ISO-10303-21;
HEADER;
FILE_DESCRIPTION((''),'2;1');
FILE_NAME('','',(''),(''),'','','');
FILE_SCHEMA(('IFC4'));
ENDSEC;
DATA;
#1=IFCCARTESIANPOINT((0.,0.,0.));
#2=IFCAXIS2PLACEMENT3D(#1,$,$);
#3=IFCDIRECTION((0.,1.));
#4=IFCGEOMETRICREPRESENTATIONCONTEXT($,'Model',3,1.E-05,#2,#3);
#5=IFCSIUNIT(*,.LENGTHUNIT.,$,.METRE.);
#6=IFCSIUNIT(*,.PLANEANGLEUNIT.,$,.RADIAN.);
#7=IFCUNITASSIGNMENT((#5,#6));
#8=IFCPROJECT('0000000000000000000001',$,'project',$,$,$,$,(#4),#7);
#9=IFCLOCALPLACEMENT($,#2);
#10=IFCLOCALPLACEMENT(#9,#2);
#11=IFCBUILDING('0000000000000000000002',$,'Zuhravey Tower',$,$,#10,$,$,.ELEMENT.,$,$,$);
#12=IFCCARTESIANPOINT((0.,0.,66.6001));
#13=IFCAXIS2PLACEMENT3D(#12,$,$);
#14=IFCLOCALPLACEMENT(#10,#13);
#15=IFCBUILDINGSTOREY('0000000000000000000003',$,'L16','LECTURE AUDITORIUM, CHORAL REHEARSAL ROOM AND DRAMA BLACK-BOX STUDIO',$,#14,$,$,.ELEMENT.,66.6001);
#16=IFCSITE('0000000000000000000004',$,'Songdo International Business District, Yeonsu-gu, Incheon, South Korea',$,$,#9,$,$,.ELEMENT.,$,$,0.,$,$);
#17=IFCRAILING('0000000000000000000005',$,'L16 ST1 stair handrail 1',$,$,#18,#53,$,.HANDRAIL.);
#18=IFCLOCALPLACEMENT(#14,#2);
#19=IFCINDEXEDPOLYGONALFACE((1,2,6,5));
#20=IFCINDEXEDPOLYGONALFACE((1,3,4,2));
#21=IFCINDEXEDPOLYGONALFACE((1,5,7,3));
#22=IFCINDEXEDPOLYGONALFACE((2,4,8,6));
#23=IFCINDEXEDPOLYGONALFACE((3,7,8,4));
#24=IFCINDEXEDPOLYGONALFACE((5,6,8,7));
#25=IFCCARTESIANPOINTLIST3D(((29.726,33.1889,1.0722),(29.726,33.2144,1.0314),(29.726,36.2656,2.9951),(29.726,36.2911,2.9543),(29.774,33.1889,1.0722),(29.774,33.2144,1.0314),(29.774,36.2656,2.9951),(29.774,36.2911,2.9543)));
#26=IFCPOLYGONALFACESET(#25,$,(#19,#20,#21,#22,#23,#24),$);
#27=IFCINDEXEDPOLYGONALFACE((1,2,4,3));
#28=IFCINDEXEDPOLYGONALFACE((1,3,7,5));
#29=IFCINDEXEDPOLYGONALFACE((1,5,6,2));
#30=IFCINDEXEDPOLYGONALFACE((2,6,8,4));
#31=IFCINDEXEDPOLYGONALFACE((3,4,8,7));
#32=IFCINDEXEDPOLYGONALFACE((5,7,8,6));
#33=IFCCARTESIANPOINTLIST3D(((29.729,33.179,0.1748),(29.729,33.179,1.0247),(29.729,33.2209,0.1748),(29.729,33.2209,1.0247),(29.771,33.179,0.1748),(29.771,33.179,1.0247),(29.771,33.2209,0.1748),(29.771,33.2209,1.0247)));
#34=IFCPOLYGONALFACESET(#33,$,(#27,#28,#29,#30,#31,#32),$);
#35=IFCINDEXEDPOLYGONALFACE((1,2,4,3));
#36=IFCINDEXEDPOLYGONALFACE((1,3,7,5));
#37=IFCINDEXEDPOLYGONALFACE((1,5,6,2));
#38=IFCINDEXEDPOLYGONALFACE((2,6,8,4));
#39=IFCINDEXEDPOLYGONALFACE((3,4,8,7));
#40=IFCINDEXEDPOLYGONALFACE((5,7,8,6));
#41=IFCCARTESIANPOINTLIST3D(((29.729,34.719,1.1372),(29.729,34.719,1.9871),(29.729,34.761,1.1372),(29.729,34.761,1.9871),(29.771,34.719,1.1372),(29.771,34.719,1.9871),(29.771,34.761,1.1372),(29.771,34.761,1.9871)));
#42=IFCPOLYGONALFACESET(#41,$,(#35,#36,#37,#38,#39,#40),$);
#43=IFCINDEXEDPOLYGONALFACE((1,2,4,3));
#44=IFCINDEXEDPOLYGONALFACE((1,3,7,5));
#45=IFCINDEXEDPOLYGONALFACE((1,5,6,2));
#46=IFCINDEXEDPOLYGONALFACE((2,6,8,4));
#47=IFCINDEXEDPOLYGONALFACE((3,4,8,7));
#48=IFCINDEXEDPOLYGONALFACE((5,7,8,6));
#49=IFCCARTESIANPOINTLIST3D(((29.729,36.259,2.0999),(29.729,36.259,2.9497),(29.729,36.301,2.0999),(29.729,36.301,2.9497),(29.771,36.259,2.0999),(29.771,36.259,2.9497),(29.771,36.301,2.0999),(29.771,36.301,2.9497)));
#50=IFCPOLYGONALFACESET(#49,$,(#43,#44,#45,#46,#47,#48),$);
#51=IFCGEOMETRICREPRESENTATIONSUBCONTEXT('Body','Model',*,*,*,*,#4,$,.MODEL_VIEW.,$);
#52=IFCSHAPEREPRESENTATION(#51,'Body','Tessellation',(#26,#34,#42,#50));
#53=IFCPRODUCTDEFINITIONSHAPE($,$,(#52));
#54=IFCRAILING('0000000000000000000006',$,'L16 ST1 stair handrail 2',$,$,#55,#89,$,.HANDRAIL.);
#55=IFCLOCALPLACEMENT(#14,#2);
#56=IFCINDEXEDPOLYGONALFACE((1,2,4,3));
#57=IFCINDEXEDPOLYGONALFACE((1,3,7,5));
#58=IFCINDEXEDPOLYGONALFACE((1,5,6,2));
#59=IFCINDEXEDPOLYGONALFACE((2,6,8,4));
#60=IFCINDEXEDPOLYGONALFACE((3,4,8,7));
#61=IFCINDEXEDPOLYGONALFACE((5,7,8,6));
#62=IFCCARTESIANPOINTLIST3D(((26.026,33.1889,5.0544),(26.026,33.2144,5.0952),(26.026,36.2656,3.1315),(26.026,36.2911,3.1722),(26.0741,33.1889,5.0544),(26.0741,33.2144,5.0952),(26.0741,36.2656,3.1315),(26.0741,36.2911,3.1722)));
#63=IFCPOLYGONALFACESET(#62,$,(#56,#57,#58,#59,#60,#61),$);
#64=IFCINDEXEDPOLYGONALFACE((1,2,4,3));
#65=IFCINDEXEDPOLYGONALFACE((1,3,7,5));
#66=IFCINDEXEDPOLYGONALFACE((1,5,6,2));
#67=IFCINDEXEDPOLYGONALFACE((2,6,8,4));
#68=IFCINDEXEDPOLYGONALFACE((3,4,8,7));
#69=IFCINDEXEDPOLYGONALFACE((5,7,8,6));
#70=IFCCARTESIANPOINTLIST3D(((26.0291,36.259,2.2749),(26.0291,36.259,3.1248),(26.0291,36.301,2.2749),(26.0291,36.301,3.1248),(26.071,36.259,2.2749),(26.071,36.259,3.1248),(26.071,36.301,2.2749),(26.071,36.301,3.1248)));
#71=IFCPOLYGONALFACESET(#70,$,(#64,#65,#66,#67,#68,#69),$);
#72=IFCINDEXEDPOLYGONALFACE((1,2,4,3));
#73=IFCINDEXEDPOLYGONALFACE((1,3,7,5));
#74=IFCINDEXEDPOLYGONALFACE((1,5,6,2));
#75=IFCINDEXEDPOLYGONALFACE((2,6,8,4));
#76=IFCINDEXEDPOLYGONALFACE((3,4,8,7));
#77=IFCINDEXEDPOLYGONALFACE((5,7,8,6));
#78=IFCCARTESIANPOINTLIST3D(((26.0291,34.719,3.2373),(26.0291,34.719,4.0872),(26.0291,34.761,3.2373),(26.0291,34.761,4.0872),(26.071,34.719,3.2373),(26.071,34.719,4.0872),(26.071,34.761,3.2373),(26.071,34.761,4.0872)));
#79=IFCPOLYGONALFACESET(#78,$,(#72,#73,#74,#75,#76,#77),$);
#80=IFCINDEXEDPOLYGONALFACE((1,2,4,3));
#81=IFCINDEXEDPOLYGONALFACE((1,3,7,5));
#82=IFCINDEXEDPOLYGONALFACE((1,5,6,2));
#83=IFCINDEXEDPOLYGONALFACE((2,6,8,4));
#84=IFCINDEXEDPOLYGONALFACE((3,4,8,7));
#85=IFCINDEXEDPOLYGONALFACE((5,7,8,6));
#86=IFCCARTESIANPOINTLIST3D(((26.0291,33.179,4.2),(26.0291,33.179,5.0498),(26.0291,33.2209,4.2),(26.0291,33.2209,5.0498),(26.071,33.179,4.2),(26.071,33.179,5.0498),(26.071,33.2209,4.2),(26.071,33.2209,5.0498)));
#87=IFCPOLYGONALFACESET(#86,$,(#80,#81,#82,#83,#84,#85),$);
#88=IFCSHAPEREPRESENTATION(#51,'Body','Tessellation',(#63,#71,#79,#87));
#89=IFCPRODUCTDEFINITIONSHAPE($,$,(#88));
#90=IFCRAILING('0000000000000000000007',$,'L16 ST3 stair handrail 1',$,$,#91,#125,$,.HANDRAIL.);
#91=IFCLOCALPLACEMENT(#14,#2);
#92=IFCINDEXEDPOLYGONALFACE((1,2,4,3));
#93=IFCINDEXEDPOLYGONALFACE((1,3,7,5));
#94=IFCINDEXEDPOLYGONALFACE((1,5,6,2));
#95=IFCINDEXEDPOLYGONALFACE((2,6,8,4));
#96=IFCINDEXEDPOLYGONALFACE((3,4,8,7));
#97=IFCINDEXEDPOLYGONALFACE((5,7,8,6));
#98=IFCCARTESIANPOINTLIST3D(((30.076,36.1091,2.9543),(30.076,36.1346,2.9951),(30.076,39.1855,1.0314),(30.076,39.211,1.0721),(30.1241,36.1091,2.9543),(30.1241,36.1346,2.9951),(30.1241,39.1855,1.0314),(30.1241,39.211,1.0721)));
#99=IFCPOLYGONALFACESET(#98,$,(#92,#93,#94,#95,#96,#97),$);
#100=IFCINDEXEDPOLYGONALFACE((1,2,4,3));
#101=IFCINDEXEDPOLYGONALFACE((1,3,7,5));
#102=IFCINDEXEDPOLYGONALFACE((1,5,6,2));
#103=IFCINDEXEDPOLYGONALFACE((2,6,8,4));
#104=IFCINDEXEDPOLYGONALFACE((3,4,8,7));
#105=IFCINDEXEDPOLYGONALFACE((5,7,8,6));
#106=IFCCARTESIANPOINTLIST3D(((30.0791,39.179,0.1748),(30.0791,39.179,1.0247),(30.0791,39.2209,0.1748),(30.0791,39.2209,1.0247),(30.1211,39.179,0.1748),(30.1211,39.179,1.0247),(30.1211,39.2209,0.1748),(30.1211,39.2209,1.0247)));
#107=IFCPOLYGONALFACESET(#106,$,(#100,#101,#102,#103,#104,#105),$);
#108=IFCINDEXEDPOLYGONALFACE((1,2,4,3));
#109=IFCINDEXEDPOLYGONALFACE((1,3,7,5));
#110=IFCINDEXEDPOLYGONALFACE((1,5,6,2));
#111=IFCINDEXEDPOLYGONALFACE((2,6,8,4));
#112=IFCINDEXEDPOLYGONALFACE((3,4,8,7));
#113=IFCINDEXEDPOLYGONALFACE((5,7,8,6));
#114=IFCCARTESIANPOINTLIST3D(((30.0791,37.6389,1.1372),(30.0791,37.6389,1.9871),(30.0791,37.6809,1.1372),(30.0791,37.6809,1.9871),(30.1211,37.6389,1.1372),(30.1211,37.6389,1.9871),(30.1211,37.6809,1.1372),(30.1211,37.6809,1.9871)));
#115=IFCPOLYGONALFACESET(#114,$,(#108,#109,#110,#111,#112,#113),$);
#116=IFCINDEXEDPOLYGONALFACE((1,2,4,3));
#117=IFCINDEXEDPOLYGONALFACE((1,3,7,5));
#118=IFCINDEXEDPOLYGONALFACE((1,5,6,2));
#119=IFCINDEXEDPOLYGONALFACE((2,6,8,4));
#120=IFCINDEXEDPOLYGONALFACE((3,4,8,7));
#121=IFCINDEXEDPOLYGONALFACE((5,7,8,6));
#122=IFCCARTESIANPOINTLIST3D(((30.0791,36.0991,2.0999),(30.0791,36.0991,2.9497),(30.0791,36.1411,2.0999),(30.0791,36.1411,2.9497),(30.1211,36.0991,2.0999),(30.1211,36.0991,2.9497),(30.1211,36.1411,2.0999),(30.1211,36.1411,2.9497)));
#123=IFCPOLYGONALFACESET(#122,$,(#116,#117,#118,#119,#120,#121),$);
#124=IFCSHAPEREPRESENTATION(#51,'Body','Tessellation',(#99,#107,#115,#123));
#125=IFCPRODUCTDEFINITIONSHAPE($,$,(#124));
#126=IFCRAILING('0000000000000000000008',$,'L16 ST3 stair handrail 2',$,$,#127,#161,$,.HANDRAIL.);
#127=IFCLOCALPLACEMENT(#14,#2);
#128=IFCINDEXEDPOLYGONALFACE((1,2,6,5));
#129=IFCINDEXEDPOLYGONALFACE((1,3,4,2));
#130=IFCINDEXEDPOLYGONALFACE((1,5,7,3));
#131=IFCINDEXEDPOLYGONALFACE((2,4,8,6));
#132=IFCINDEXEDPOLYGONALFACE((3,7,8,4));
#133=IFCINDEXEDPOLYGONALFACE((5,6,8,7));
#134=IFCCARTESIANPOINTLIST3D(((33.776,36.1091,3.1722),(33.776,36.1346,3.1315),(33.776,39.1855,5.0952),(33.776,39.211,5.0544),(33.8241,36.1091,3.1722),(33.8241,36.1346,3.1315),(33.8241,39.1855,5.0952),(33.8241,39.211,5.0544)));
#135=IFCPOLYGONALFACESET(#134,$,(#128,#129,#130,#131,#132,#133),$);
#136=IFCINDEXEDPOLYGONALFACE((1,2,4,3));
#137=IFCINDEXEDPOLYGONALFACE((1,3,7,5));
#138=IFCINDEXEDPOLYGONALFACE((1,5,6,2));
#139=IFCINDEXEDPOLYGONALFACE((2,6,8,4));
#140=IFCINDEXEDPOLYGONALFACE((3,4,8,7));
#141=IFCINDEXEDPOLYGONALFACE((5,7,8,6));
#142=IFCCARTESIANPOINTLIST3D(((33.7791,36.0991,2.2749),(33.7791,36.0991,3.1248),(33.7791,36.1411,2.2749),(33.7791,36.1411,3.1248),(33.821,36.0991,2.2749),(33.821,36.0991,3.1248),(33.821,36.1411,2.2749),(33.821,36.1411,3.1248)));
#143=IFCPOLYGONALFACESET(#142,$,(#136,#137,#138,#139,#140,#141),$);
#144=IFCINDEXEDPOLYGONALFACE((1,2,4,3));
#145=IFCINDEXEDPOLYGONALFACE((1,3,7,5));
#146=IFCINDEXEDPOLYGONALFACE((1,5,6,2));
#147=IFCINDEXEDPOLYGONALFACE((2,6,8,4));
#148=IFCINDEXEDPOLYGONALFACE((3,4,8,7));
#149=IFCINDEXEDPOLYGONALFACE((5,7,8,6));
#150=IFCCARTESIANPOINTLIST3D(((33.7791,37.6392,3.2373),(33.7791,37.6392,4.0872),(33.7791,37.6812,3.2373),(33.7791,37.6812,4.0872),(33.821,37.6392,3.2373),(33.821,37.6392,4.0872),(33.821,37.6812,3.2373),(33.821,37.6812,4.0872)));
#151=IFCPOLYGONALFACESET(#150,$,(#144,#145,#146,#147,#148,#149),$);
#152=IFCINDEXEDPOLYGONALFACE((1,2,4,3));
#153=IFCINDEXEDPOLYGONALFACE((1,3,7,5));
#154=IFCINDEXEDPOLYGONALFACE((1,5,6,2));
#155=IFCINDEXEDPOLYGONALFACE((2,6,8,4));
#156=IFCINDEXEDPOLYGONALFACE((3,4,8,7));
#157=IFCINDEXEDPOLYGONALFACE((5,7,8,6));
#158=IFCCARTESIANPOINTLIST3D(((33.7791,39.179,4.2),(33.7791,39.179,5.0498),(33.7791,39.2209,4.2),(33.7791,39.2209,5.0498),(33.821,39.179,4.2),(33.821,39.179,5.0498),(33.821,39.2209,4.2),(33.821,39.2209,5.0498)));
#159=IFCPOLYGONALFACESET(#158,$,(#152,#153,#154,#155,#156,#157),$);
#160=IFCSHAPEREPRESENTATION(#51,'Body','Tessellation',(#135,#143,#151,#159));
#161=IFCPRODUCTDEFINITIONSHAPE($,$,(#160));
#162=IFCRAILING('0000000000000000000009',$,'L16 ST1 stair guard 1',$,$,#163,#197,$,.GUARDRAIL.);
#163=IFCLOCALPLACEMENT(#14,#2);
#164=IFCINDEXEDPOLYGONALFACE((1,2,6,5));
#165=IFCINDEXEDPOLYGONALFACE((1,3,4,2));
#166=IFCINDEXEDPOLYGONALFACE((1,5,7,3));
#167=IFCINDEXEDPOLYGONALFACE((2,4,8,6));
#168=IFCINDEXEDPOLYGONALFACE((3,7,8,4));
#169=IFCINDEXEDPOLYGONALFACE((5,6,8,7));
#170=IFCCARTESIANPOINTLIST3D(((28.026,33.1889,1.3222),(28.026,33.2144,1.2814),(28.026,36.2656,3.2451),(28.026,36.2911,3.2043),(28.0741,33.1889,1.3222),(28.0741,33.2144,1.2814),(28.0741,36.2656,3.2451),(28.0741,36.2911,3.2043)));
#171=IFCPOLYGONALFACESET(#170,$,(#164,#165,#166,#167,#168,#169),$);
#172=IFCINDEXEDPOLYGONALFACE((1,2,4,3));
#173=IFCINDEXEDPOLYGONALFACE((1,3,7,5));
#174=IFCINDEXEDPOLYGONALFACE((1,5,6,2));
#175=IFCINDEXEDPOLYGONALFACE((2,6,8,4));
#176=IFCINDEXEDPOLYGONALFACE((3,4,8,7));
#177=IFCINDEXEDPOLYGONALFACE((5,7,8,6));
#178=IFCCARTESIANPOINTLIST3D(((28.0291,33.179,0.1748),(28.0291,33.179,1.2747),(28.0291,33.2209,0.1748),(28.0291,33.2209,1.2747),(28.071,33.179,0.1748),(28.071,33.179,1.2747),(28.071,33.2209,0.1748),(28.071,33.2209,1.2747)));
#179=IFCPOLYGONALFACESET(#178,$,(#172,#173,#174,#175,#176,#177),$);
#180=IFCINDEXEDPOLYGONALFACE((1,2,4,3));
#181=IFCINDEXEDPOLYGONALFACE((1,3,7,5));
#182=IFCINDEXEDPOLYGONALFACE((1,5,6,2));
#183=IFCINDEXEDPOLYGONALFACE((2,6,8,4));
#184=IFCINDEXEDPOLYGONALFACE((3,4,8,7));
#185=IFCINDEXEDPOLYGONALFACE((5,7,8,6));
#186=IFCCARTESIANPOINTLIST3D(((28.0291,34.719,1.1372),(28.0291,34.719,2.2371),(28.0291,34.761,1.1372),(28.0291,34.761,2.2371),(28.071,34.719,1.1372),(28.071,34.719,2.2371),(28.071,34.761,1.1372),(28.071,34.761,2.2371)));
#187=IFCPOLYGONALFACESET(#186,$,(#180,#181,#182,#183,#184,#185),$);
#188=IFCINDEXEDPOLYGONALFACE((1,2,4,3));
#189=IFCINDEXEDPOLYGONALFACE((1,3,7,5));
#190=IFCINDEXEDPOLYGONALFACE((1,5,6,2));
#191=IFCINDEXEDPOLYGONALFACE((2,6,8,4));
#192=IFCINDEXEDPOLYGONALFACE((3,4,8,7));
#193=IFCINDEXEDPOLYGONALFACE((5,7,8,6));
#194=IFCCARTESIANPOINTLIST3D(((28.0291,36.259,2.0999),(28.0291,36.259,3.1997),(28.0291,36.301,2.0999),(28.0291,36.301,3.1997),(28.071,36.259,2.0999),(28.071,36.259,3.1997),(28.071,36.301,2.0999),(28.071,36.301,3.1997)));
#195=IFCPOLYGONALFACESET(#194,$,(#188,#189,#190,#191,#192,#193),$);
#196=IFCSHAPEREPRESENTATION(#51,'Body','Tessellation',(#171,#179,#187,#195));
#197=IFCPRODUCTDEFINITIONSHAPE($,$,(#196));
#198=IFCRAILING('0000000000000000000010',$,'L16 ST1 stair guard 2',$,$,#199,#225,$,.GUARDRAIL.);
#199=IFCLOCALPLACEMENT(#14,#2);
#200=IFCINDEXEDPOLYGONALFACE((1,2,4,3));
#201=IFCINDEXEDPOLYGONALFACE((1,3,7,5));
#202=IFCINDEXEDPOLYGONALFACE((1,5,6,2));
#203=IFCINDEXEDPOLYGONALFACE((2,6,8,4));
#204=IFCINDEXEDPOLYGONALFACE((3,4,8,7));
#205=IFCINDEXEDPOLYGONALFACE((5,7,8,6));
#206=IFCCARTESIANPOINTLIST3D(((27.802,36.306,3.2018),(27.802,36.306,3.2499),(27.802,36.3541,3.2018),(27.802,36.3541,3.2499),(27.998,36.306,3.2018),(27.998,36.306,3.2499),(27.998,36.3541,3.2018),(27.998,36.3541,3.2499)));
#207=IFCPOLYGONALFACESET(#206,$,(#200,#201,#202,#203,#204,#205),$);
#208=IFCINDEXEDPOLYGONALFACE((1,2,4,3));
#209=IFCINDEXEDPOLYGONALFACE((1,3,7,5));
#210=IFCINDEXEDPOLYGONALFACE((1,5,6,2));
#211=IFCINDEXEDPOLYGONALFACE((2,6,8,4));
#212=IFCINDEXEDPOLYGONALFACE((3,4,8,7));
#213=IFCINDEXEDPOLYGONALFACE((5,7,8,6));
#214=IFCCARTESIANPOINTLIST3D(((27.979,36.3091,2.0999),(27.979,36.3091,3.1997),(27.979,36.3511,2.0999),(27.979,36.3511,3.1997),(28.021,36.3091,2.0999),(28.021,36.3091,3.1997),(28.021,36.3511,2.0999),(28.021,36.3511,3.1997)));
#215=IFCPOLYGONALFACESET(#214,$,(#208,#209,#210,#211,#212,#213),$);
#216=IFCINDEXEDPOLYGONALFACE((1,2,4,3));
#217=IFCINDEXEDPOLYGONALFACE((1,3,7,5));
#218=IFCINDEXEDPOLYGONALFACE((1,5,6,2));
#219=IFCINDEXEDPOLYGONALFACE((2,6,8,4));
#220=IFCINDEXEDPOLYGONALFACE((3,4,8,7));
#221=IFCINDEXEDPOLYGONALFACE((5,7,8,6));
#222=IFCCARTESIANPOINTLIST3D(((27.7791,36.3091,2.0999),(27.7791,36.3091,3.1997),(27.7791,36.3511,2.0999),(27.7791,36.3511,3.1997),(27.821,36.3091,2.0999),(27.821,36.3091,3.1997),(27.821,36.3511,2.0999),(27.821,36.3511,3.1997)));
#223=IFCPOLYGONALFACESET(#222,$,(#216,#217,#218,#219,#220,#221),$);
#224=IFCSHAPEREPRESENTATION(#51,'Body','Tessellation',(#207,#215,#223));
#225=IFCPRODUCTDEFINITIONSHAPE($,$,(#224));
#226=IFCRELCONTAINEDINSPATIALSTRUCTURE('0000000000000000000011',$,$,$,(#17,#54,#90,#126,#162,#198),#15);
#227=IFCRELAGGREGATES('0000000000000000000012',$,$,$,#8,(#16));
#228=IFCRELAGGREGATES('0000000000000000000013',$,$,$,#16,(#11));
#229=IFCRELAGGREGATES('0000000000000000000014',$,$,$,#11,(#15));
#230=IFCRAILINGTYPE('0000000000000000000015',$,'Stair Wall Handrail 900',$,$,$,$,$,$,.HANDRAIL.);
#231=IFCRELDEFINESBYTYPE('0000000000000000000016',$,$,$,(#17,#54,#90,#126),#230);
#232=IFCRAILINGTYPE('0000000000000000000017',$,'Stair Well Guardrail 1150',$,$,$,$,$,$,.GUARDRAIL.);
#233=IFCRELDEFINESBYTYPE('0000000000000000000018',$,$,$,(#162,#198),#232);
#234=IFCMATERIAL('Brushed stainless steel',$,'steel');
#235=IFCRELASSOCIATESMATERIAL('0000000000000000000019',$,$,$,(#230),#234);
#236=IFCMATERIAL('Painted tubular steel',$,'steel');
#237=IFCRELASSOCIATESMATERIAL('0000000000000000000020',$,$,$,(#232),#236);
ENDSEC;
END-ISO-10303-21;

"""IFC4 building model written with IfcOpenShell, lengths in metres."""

from ifc_helpers import new_model, si_unit, direction, frame, origin, origin_2d, place, context, subcontext, project, spatial, rectangle, extrude, material, type_object, element, save


model = new_model("IFC4")

# Units and contexts
model_context = context("Model", 3, precision=1e-05, world=origin(), true_north=direction((0.0, 1.0)))
body_context = subcontext(model_context, "Body", "Model", "MODEL_VIEW")
ifc_project = project(units=[si_unit("LENGTHUNIT", "METRE"), si_unit("PLANEANGLEUNIT", "RADIAN")], contexts=[model_context])

# Site, building, storey
site_placement = place(None, origin())
site = spatial("IfcSite", under=ifc_project, at=site_placement, Name="Songdo International Business District, Yeonsu-gu, Incheon, South Korea", CompositionType="ELEMENT", RefElevation=0.0)
building_placement = place(site_placement, origin())
building = spatial("IfcBuilding", under=site, at=building_placement, Name="Zuhravey Tower", CompositionType="ELEMENT")
storey_placement = place(building_placement, frame((0.0, 0.0, 66.6001)))
storey = spatial("IfcBuildingStorey", under=building, at=storey_placement, Name="L16", Description="LECTURE AUDITORIUM, CHORAL REHEARSAL ROOM AND DRAMA BLACK-BOX STUDIO", CompositionType="ELEMENT", Elevation=66.6001)

# Railings
ifc_material_1 = material(Name="Brushed stainless steel", Category="steel")
railing_type_1 = type_object("IfcRailingType", Name="Stair Wall Handrail 900", PredefinedType="HANDRAIL", material=ifc_material_1)
railing_1_placement = place(storey_placement, frame((29.75, 33.2, 0.1748)))
element("IfcRailing", 1, at=railing_1_placement, inside=storey, type_object=railing_type_1, Name="L16 ST1 stair handrail 1", PredefinedType="HANDRAIL", context=body_context, shape_type="SweptSolid", body=[
    extrude(rectangle(XDim=0.0481, YDim=0.0481, at=origin_2d()), frame((0.0, 0.0017, 0.877), z_axis=(0.0, 0.847998, 0.529999), x_axis=(-1.0, 0.0, 0.0)), (0.0, 0.0, 1.0), 3.6282),
    extrude(rectangle(XDim=0.042, YDim=0.042, at=origin_2d()), origin(), (0.0, 0.0, 1.0), 0.8499),
    extrude(rectangle(XDim=0.042, YDim=0.042, at=origin_2d()), frame((0.0, 1.54, 0.9624)), (0.0, 0.0, 1.0), 0.8499),
    extrude(rectangle(XDim=0.042, YDim=0.042, at=origin_2d()), frame((0.0, 3.0801, 1.925)), (0.0, 0.0, 1.0), 0.8499),
])
railing_2_placement = place(storey_placement, frame((26.05, 36.28, 2.2749)))
element("IfcRailing", 2, at=railing_2_placement, inside=storey, type_object=railing_type_1, Name="L16 ST1 stair handrail 2", PredefinedType="HANDRAIL", context=body_context, shape_type="SweptSolid", body=[
    extrude(rectangle(XDim=0.0481, YDim=0.0481, at=origin_2d()), frame((0.0, -0.0017, 0.877), z_axis=(0.0, -0.847998, 0.529999), x_axis=(1.0, 0.0, 0.0)), (0.0, 0.0, 1.0), 3.6282),
    extrude(rectangle(XDim=0.042, YDim=0.042, at=origin_2d()), origin(), (0.0, 0.0, 1.0), 0.8499),
    extrude(rectangle(XDim=0.042, YDim=0.042, at=origin_2d()), frame((0.0, -1.54, 0.9624)), (0.0, 0.0, 1.0), 0.8499),
    extrude(rectangle(XDim=0.042, YDim=0.042, at=origin_2d()), frame((0.0, -3.0801, 1.925)), (0.0, 0.0, 1.0), 0.8499),
])
railing_3_placement = place(storey_placement, frame((30.1001, 39.2, 0.1748)))
element("IfcRailing", 3, at=railing_3_placement, inside=storey, type_object=railing_type_1, Name="L16 ST3 stair handrail 1", PredefinedType="HANDRAIL", context=body_context, shape_type="SweptSolid", body=[
    extrude(rectangle(XDim=0.0481, YDim=0.0481, at=origin_2d()), frame((0.0, -0.0017, 0.877), z_axis=(0.0, -0.847979, 0.530029), x_axis=(1.0, 0.0, 0.0)), (0.0, 0.0, 1.0), 3.6279),
    extrude(rectangle(XDim=0.042, YDim=0.042, at=origin_2d()), origin(), (0.0, 0.0, 1.0), 0.8499),
    extrude(rectangle(XDim=0.042, YDim=0.042, at=origin_2d()), frame((0.0, -1.54, 0.9624)), (0.0, 0.0, 1.0), 0.8499),
    extrude(rectangle(XDim=0.042, YDim=0.042, at=origin_2d()), frame((0.0, -3.0798, 1.925)), (0.0, 0.0, 1.0), 0.8499),
])
railing_4_placement = place(storey_placement, frame((33.8, 36.1201, 2.2749)))
element("IfcRailing", 4, at=railing_4_placement, inside=storey, type_object=railing_type_1, Name="L16 ST3 stair handrail 2", PredefinedType="HANDRAIL", context=body_context, shape_type="SweptSolid", body=[
    extrude(rectangle(XDim=0.0481, YDim=0.0481, at=origin_2d()), frame((0.0, 0.0017, 0.877), z_axis=(0.0, 0.847979, 0.530029), x_axis=(-1.0, 0.0, 0.0)), (0.0, 0.0, 1.0), 3.6279),
    extrude(rectangle(XDim=0.042, YDim=0.042, at=origin_2d()), origin(), (0.0, 0.0, 1.0), 0.8499),
    extrude(rectangle(XDim=0.042, YDim=0.042, at=origin_2d()), frame((0.0, 1.54, 0.9624)), (0.0, 0.0, 1.0), 0.8499),
    extrude(rectangle(XDim=0.042, YDim=0.042, at=origin_2d()), frame((0.0, 3.0798, 1.925)), (0.0, 0.0, 1.0), 0.8499),
])
ifc_material_2 = material(Name="Painted tubular steel", Category="steel")
railing_type_2 = type_object("IfcRailingType", Name="Stair Well Guardrail 1150", PredefinedType="GUARDRAIL", material=ifc_material_2)
railing_5_placement = place(storey_placement, frame((28.05, 33.2, 0.1748)))
element("IfcRailing", 5, at=railing_5_placement, inside=storey, type_object=railing_type_2, Name="L16 ST1 stair guard 1", PredefinedType="GUARDRAIL", context=body_context, shape_type="SweptSolid", body=[
    extrude(rectangle(XDim=0.0481, YDim=0.0481, at=origin_2d()), frame((0.0, 0.0017, 1.127), z_axis=(0.0, 0.847998, 0.529999), x_axis=(-1.0, 0.0, 0.0)), (0.0, 0.0, 1.0), 3.6282),
    extrude(rectangle(XDim=0.042, YDim=0.042, at=origin_2d()), origin(), (0.0, 0.0, 1.0), 1.0999),
    extrude(rectangle(XDim=0.042, YDim=0.042, at=origin_2d()), frame((0.0, 1.54, 0.9624)), (0.0, 0.0, 1.0), 1.0999),
    extrude(rectangle(XDim=0.042, YDim=0.042, at=origin_2d()), frame((0.0, 3.0801, 1.925)), (0.0, 0.0, 1.0), 1.0999),
])
railing_6_placement = place(storey_placement, frame((28.0, 36.3301, 2.0999)))
element("IfcRailing", 6, at=railing_6_placement, inside=storey, type_object=railing_type_2, Name="L16 ST1 stair guard 2", PredefinedType="GUARDRAIL", context=body_context, shape_type="SweptSolid", body=[
    extrude(rectangle(XDim=0.0481, YDim=0.0481, at=origin_2d()), frame((-0.002, 0.0, 1.126), z_axis=(-1.0, 0.0, 0.0), x_axis=(0.0, -1.0, 0.0)), (0.0, 0.0, 1.0), 0.196),
    extrude(rectangle(XDim=0.042, YDim=0.042, at=origin_2d()), origin(), (0.0, 0.0, 1.0), 1.0999),
    extrude(rectangle(XDim=0.042, YDim=0.042, at=origin_2d()), frame((-0.2, 0.0, 0.0)), (0.0, 0.0, 1.0), 1.0999),
])

save(model, "model.ifc")
